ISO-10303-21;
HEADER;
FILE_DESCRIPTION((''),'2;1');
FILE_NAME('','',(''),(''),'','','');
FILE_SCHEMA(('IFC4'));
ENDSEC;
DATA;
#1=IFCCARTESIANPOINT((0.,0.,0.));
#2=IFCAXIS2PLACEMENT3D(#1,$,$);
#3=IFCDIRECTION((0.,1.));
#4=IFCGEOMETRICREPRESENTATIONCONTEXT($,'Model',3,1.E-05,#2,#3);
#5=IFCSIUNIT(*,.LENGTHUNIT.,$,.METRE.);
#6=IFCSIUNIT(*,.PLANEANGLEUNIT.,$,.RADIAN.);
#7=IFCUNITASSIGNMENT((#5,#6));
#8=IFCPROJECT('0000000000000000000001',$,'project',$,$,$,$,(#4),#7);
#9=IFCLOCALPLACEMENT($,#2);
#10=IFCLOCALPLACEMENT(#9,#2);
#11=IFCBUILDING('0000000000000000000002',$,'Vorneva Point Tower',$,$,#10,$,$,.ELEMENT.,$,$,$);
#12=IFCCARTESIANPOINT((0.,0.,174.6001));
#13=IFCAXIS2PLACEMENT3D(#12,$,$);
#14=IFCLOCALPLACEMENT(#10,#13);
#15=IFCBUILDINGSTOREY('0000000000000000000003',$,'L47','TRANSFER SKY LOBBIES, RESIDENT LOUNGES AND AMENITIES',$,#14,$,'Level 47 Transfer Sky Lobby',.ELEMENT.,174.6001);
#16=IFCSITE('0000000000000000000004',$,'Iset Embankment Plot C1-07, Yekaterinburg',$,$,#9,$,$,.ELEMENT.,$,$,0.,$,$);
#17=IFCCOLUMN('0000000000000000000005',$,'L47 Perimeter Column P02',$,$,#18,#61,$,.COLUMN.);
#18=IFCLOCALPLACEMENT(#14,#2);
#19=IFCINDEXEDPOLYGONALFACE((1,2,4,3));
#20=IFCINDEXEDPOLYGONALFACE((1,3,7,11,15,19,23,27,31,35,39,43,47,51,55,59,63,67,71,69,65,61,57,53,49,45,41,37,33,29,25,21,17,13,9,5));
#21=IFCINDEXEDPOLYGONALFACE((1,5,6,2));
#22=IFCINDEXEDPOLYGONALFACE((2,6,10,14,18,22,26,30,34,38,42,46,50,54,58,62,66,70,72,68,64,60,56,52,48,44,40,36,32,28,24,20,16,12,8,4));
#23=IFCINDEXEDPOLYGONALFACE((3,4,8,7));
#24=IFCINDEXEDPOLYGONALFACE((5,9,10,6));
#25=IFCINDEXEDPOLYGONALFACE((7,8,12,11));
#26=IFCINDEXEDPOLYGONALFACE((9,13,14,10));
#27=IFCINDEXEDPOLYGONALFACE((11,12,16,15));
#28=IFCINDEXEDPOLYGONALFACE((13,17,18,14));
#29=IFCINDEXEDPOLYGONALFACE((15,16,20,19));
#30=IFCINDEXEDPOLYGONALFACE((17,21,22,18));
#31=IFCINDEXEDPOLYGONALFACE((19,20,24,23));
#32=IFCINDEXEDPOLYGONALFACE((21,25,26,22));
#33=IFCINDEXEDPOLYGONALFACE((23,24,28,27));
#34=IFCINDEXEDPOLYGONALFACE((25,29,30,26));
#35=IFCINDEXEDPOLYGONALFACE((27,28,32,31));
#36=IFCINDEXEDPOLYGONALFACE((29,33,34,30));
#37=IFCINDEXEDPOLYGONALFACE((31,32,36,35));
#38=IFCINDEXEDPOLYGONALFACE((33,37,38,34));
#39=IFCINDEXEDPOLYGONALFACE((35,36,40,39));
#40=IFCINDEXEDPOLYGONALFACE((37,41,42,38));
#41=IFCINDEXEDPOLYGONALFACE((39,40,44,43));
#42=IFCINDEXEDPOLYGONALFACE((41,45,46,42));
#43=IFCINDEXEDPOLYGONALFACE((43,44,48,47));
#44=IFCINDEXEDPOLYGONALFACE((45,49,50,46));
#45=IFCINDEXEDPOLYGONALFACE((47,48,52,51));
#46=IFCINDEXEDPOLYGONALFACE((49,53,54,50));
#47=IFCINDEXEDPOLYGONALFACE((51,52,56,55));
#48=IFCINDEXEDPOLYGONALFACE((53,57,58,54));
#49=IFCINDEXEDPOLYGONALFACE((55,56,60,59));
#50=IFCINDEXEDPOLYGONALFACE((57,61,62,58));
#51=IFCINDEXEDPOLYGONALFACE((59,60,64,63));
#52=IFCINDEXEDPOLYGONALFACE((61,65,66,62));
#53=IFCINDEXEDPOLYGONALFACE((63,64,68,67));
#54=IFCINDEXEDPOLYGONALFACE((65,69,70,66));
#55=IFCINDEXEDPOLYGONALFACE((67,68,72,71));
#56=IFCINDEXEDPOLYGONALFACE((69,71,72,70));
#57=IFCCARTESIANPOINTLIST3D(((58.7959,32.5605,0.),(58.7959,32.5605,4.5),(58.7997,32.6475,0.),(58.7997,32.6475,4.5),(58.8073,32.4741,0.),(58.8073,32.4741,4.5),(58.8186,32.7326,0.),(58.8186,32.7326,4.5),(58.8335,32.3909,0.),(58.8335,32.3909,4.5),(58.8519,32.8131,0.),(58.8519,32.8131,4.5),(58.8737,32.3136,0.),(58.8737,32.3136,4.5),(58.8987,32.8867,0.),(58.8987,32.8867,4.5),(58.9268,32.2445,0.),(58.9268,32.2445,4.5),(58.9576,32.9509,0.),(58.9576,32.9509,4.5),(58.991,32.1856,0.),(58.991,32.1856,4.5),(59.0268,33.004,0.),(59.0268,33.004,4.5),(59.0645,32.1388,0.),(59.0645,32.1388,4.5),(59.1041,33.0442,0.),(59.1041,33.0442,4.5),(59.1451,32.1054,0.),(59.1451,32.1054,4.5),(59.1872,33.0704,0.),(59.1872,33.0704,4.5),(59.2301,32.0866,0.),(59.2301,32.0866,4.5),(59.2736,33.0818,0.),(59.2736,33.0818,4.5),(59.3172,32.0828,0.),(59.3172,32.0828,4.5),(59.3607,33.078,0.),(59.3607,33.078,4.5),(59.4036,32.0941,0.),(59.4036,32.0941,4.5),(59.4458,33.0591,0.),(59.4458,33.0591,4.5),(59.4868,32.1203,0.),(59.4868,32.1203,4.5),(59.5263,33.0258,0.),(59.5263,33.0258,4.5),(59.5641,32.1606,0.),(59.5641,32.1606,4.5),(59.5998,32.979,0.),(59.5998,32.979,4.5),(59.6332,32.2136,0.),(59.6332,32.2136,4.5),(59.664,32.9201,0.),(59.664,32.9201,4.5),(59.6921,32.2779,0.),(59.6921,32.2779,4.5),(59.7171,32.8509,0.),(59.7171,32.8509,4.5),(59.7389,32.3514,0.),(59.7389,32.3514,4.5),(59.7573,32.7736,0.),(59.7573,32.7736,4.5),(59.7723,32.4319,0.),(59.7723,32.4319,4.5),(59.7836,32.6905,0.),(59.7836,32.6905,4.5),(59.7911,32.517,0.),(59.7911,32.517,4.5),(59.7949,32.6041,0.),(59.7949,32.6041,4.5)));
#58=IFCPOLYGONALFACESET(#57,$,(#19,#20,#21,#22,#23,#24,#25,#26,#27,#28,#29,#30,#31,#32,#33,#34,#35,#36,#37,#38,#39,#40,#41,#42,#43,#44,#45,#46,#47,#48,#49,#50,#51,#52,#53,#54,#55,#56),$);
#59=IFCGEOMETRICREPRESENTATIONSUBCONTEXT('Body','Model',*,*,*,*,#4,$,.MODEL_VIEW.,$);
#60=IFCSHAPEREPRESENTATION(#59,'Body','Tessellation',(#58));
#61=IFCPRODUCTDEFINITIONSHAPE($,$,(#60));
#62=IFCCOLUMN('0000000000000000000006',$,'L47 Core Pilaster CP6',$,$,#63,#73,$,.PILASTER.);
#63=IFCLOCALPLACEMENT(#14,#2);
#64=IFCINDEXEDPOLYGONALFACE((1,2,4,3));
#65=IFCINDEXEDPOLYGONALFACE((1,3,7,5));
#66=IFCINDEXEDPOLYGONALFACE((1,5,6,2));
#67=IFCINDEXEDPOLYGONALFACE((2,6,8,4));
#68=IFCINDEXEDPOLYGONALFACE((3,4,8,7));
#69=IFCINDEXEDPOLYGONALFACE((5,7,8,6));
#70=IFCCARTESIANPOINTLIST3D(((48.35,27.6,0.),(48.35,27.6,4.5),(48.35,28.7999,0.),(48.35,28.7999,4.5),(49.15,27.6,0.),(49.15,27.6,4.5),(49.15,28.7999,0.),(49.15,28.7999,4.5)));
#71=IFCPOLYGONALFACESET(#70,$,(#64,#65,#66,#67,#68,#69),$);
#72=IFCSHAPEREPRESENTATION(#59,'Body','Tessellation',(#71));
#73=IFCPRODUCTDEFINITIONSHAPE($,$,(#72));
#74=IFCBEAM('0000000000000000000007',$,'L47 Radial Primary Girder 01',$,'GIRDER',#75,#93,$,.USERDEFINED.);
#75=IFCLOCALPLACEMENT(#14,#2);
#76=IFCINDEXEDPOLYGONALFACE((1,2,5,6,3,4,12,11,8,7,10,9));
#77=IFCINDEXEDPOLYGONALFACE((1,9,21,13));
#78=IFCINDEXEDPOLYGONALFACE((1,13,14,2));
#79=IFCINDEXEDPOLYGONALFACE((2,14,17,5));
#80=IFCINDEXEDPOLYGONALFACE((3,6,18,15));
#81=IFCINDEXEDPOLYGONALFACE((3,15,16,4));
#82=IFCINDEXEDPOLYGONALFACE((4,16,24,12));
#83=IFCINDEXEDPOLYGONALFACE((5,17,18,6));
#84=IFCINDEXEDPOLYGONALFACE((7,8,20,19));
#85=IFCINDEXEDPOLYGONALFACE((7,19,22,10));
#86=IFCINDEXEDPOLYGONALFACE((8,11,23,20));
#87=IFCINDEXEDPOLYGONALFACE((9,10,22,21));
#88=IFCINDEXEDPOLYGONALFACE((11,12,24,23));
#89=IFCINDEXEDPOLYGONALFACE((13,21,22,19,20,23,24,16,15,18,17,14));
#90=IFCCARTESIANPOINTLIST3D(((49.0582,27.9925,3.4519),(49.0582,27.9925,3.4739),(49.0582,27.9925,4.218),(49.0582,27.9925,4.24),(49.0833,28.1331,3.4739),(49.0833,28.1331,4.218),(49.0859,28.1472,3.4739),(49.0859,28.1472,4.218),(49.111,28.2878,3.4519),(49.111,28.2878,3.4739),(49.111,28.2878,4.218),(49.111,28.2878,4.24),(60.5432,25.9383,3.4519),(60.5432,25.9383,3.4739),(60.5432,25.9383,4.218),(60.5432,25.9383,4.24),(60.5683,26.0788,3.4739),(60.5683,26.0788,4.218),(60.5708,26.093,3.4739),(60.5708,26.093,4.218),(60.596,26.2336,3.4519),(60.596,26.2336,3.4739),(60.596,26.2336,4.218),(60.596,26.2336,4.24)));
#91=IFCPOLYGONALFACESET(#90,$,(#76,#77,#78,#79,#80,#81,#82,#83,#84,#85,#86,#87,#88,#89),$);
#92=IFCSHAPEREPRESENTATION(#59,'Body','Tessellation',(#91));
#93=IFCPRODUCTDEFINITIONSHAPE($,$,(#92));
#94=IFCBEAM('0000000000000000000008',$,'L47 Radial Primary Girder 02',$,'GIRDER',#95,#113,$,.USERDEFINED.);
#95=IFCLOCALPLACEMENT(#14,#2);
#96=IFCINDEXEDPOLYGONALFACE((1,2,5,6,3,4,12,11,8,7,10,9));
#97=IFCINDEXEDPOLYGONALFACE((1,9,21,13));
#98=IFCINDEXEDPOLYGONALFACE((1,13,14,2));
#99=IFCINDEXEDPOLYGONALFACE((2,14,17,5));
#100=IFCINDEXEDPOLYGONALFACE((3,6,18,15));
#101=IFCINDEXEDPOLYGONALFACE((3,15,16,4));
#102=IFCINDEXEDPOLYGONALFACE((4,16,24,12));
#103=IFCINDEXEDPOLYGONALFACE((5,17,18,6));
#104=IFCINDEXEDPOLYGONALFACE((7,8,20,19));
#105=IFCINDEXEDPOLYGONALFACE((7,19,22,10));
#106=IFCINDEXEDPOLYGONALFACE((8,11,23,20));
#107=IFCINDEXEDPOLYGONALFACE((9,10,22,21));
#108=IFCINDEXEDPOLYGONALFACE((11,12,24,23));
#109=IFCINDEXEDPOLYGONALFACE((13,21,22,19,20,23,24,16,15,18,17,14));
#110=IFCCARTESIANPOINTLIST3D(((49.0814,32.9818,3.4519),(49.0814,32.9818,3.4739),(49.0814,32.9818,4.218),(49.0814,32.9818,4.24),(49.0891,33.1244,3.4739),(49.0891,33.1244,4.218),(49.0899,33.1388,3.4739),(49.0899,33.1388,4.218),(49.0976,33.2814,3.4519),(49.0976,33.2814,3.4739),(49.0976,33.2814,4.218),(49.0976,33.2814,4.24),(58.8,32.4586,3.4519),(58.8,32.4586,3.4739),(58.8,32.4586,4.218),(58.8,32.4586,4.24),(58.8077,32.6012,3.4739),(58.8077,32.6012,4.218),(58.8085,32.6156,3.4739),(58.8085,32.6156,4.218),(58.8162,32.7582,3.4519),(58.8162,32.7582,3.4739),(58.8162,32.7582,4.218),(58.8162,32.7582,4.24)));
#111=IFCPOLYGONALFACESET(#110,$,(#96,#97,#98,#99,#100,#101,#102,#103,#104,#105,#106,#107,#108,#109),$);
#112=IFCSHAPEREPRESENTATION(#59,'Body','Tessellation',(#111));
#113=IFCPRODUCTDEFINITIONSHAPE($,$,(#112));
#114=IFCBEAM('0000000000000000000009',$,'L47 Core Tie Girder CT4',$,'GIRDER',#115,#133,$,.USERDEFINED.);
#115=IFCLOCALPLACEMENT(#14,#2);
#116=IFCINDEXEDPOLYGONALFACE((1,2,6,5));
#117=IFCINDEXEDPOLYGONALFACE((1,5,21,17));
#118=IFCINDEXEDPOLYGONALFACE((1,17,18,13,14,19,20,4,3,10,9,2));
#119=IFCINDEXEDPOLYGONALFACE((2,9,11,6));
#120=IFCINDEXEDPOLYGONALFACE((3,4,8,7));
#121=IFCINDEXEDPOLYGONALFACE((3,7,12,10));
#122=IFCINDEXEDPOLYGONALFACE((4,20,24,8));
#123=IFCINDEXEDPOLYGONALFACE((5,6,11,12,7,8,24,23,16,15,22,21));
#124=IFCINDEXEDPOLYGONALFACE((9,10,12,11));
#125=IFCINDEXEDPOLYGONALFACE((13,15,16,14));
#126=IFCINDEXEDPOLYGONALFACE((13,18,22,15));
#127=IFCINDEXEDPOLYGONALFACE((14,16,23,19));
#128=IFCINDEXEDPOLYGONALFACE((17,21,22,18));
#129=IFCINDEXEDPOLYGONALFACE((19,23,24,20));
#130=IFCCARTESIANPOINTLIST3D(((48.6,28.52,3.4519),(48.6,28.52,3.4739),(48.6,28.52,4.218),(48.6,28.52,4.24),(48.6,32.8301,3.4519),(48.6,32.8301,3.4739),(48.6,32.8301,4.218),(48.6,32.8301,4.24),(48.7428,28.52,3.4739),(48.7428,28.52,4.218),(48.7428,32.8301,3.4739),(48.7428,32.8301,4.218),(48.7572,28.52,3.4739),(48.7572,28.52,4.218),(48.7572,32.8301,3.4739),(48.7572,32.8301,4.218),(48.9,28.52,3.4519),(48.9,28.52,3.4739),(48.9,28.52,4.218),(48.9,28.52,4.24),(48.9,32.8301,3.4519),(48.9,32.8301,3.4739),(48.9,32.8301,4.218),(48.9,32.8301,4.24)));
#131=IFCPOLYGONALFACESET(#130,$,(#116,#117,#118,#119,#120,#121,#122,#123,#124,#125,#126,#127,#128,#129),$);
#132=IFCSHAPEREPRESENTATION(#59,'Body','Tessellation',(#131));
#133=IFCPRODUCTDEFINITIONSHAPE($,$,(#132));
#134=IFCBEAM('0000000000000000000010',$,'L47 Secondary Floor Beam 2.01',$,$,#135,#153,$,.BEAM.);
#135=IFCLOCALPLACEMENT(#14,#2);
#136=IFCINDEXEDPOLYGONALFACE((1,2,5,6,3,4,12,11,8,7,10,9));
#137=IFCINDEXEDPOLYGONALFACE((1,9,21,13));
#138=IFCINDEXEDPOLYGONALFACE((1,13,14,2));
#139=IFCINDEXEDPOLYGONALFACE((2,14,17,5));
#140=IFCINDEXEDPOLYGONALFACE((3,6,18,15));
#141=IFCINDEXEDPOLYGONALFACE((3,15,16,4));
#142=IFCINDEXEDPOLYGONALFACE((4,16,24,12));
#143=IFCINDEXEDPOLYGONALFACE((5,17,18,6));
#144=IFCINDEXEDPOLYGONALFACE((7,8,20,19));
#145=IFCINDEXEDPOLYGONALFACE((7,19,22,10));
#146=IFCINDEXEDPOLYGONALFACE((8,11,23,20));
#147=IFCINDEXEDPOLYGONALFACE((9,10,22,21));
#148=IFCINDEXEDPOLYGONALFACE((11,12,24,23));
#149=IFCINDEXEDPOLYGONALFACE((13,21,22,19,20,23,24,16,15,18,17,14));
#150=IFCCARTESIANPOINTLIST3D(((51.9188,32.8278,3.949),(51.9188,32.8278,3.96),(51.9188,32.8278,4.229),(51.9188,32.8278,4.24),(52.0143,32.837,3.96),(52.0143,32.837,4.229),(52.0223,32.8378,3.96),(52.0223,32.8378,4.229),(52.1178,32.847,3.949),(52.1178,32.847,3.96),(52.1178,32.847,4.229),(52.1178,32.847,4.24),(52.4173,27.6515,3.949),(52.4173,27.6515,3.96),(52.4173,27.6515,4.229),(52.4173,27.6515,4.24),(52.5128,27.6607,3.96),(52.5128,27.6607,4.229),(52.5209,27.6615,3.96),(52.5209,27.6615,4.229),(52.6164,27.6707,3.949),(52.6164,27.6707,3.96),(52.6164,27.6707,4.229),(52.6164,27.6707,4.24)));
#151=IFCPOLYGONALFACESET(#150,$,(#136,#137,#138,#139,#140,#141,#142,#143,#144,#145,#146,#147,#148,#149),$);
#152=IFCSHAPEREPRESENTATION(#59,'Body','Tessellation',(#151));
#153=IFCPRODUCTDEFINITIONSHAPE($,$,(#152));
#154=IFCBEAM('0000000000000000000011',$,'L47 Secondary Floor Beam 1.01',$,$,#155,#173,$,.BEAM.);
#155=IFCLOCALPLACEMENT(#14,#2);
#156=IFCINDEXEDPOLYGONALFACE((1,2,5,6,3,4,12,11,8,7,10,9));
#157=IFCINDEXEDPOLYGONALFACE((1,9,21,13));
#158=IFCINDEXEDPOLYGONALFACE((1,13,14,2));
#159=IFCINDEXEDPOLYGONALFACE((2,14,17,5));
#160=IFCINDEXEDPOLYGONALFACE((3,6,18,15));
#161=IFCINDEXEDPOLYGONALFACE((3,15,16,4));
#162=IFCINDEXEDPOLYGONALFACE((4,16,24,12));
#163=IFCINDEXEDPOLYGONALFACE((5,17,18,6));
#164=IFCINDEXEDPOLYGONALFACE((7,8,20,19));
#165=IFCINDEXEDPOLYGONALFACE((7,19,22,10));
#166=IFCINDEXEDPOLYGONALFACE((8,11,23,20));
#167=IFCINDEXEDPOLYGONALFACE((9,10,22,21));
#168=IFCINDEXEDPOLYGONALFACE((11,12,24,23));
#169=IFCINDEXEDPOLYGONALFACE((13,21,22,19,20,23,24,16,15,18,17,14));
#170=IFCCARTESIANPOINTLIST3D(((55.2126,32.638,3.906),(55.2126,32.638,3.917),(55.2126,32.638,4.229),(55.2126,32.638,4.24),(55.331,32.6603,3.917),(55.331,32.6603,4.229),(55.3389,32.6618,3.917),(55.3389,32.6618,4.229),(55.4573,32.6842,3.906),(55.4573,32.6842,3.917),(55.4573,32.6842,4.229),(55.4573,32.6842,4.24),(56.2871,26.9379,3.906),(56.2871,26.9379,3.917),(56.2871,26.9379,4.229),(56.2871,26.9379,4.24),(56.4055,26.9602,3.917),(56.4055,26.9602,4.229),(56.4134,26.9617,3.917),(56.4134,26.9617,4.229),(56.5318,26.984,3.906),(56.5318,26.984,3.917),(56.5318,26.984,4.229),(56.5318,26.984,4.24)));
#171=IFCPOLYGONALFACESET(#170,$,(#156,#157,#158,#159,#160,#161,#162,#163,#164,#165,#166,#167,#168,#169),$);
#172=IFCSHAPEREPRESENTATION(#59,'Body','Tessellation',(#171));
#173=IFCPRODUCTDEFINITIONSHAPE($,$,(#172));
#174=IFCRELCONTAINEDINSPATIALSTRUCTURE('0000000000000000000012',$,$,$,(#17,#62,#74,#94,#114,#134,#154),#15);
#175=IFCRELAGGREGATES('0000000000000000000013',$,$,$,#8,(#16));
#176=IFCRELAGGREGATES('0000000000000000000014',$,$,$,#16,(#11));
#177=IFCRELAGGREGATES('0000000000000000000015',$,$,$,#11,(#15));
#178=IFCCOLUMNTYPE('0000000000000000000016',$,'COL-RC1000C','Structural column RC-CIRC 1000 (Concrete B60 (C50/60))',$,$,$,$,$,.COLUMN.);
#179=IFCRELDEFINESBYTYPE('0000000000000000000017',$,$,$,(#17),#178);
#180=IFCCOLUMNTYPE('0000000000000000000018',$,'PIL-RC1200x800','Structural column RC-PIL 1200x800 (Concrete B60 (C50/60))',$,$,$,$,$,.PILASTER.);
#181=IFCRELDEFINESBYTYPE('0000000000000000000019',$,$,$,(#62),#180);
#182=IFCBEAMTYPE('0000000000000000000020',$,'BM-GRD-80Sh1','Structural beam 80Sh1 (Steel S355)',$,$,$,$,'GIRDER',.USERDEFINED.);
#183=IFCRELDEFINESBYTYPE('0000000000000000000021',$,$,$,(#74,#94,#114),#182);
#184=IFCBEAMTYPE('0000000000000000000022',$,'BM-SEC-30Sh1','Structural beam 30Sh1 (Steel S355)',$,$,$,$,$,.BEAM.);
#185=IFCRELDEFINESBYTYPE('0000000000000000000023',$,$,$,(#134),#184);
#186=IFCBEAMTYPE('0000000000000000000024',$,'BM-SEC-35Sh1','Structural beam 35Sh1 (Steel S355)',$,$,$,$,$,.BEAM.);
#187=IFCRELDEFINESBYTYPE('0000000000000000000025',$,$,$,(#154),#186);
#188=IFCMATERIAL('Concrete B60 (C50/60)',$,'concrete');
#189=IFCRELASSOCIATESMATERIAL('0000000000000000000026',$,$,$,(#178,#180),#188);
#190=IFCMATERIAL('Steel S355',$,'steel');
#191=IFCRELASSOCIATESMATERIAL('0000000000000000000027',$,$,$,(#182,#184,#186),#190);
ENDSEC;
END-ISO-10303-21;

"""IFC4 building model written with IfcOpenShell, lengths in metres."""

from ifc_helpers import new_model, si_unit, direction, frame, origin, origin_2d, place, context, subcontext, project, spatial, rectangle, circle, i_section, extrude, material, material_profile, profile_set, type_object, element, save


model = new_model("IFC4")

# Units and contexts
model_context = context("Model", 3, precision=1e-05, world=origin(), true_north=direction((0.0, 1.0)))
body_context = subcontext(model_context, "Body", "Model", "MODEL_VIEW")
ifc_project = project(units=[si_unit("LENGTHUNIT", "METRE"), si_unit("PLANEANGLEUNIT", "RADIAN")], contexts=[model_context])

# Site, building, storey
site_placement = place(None, origin())
site = spatial("IfcSite", under=ifc_project, at=site_placement, Name="Iset Embankment Plot C1-07, Yekaterinburg", CompositionType="ELEMENT", RefElevation=0.0)
building_placement = place(site_placement, origin())
building = spatial("IfcBuilding", under=site, at=building_placement, Name="Vorneva Point Tower", CompositionType="ELEMENT")
storey_placement = place(building_placement, frame((0.0, 0.0, 174.6001)))
storey = spatial("IfcBuildingStorey", under=building, at=storey_placement, Name="L47", Description="TRANSFER SKY LOBBIES, RESIDENT LOUNGES AND AMENITIES", LongName="Level 47 Transfer Sky Lobby", CompositionType="ELEMENT", Elevation=174.6001)

# Columns
ifc_material_1 = material(Name="Concrete B60 (C50/60)", Category="concrete")
ifc_material_profile_1 = material_profile(ifc_material_1, circle(Radius=0.5, at=origin_2d()), Name="RC-CIRC 1000")
ifc_profile_set_1 = profile_set([ifc_material_profile_1], Name="Concrete B60 (C50/60)")
column_type_1 = type_object("IfcColumnType", Name="COL-RC1000C", Description="Structural column RC-CIRC 1000 (Concrete B60 (C50/60))", PredefinedType="COLUMN", material=ifc_profile_set_1)
column_1_placement = place(storey_placement, frame((59.2954, 32.5823, 0.0), z_axis=(0.0, 0.0, 1.0), x_axis=(0.92388, 0.382683, 0.0)))
element("IfcColumn", 1, at=column_1_placement, inside=storey, type_object=column_type_1, Name="L47 Perimeter Column P02", PredefinedType="COLUMN", context=body_context, shape_type="SweptSolid", body=[
    extrude(circle(Radius=0.5, at=origin_2d()), origin(), (0.0, 0.0, 1.0), 4.5),
])
ifc_material_profile_2 = material_profile(ifc_material_1, rectangle(XDim=0.8, YDim=1.2, at=origin_2d()), Name="RC-PIL 1200x800")
ifc_profile_set_2 = profile_set([ifc_material_profile_2], Name="Concrete B60 (C50/60)")
column_type_2 = type_object("IfcColumnType", Name="PIL-RC1200x800", Description="Structural column RC-PIL 1200x800 (Concrete B60 (C50/60))", PredefinedType="PILASTER", material=ifc_profile_set_2)
column_2_placement = place(storey_placement, frame((48.75, 28.2, 0.0), z_axis=(0.0, 0.0, 1.0), x_axis=(1.0, 0.0, 0.0)))
element("IfcColumn", 2, at=column_2_placement, inside=storey, type_object=column_type_2, Name="L47 Core Pilaster CP6", PredefinedType="PILASTER", context=body_context, shape_type="SweptSolid", body=[
    extrude(rectangle(XDim=0.8, YDim=1.2, at=origin_2d()), origin(), (0.0, 0.0, 1.0), 4.5),
])

# Beams
ifc_material_2 = material(Name="Steel S355", Category="steel")
ifc_material_profile_3 = material_profile(ifc_material_2, i_section(OverallWidth=0.3, OverallDepth=0.7881, WebThickness=0.0144, FlangeThickness=0.022, at=origin_2d()), Name="80Sh1")
ifc_profile_set_3 = profile_set([ifc_material_profile_3], Name="Steel S355")
beam_type_1 = type_object("IfcBeamType", Name="BM-GRD-80Sh1", Description="Structural beam 80Sh1 (Steel S355)", ElementType="GIRDER", PredefinedType="USERDEFINED", material=ifc_profile_set_3)
beam_1_placement = place(storey_placement, frame((60.5696, 26.0859, 3.8459), z_axis=(-0.984378, 0.176067, 0.0), x_axis=(-0.176067, -0.984378, 0.0)))
element("IfcBeam", 3, at=beam_1_placement, inside=storey, type_object=beam_type_1, Name="L47 Radial Primary Girder 01", ObjectType="GIRDER", PredefinedType="USERDEFINED", context=body_context, shape_type="SweptSolid", body=[
    extrude(i_section(OverallWidth=0.3, OverallDepth=0.7881, WebThickness=0.0144, FlangeThickness=0.022, at=origin_2d()), origin(), (0.0, 0.0, 1.0), 11.6672),
])
beam_2_placement = place(storey_placement, frame((58.8081, 32.6084, 3.8459), z_axis=(-0.998554, 0.053757, 0.0), x_axis=(-0.053757, -0.998554, 0.0)))
element("IfcBeam", 4, at=beam_2_placement, inside=storey, type_object=beam_type_1, Name="L47 Radial Primary Girder 02", ObjectType="GIRDER", PredefinedType="USERDEFINED", context=body_context, shape_type="SweptSolid", body=[
    extrude(i_section(OverallWidth=0.3, OverallDepth=0.7881, WebThickness=0.0144, FlangeThickness=0.022, at=origin_2d()), origin(), (0.0, 0.0, 1.0), 9.7327),
])
beam_3_placement = place(storey_placement, frame((48.75, 28.52, 3.8459), z_axis=(0.0, 1.0, 0.0), x_axis=(-1.0, 0.0, 0.0)))
element("IfcBeam", 5, at=beam_3_placement, inside=storey, type_object=beam_type_1, Name="L47 Core Tie Girder CT4", ObjectType="GIRDER", PredefinedType="USERDEFINED", context=body_context, shape_type="SweptSolid", body=[
    extrude(i_section(OverallWidth=0.3, OverallDepth=0.7881, WebThickness=0.0144, FlangeThickness=0.022, at=origin_2d()), origin(), (0.0, 0.0, 1.0), 4.3101),
])
ifc_material_profile_4 = material_profile(ifc_material_2, i_section(OverallWidth=0.2, OverallDepth=0.291, WebThickness=0.0081, FlangeThickness=0.011, at=origin_2d()), Name="30Sh1")
ifc_profile_set_4 = profile_set([ifc_material_profile_4], Name="Steel S355")
beam_type_2 = type_object("IfcBeamType", Name="BM-SEC-30Sh1", Description="Structural beam 30Sh1 (Steel S355)", PredefinedType="BEAM", material=ifc_profile_set_4)
beam_4_placement = place(storey_placement, frame((52.5168, 27.6611, 4.0945), z_axis=(-0.095868, 0.995394, 0.0), x_axis=(-0.995394, -0.095868, 0.0)))
element("IfcBeam", 6, at=beam_4_placement, inside=storey, type_object=beam_type_2, Name="L47 Secondary Floor Beam 2.01", PredefinedType="BEAM", context=body_context, shape_type="SweptSolid", body=[
    extrude(i_section(OverallWidth=0.2, OverallDepth=0.291, WebThickness=0.0081, FlangeThickness=0.011, at=origin_2d()), origin(), (0.0, 0.0, 1.0), 5.2002),
])
ifc_material_profile_5 = material_profile(ifc_material_2, i_section(OverallWidth=0.249, OverallDepth=0.334, WebThickness=0.0081, FlangeThickness=0.011, at=origin_2d()), Name="35Sh1")
ifc_profile_set_5 = profile_set([ifc_material_profile_5], Name="Steel S355")
beam_type_3 = type_object("IfcBeamType", Name="BM-SEC-35Sh1", Description="Structural beam 35Sh1 (Steel S355)", PredefinedType="BEAM", material=ifc_profile_set_5)
beam_5_placement = place(storey_placement, frame((56.4094, 26.9609, 4.073), z_axis=(-0.185234, 0.982694, 0.0), x_axis=(-0.982694, -0.185234, 0.0)))
element("IfcBeam", 7, at=beam_5_placement, inside=storey, type_object=beam_type_3, Name="L47 Secondary Floor Beam 1.01", PredefinedType="BEAM", context=body_context, shape_type="SweptSolid", body=[
    extrude(i_section(OverallWidth=0.249, OverallDepth=0.334, WebThickness=0.0081, FlangeThickness=0.011, at=origin_2d()), origin(), (0.0, 0.0, 1.0), 5.8005),
])

save(model, "model.ifc")
